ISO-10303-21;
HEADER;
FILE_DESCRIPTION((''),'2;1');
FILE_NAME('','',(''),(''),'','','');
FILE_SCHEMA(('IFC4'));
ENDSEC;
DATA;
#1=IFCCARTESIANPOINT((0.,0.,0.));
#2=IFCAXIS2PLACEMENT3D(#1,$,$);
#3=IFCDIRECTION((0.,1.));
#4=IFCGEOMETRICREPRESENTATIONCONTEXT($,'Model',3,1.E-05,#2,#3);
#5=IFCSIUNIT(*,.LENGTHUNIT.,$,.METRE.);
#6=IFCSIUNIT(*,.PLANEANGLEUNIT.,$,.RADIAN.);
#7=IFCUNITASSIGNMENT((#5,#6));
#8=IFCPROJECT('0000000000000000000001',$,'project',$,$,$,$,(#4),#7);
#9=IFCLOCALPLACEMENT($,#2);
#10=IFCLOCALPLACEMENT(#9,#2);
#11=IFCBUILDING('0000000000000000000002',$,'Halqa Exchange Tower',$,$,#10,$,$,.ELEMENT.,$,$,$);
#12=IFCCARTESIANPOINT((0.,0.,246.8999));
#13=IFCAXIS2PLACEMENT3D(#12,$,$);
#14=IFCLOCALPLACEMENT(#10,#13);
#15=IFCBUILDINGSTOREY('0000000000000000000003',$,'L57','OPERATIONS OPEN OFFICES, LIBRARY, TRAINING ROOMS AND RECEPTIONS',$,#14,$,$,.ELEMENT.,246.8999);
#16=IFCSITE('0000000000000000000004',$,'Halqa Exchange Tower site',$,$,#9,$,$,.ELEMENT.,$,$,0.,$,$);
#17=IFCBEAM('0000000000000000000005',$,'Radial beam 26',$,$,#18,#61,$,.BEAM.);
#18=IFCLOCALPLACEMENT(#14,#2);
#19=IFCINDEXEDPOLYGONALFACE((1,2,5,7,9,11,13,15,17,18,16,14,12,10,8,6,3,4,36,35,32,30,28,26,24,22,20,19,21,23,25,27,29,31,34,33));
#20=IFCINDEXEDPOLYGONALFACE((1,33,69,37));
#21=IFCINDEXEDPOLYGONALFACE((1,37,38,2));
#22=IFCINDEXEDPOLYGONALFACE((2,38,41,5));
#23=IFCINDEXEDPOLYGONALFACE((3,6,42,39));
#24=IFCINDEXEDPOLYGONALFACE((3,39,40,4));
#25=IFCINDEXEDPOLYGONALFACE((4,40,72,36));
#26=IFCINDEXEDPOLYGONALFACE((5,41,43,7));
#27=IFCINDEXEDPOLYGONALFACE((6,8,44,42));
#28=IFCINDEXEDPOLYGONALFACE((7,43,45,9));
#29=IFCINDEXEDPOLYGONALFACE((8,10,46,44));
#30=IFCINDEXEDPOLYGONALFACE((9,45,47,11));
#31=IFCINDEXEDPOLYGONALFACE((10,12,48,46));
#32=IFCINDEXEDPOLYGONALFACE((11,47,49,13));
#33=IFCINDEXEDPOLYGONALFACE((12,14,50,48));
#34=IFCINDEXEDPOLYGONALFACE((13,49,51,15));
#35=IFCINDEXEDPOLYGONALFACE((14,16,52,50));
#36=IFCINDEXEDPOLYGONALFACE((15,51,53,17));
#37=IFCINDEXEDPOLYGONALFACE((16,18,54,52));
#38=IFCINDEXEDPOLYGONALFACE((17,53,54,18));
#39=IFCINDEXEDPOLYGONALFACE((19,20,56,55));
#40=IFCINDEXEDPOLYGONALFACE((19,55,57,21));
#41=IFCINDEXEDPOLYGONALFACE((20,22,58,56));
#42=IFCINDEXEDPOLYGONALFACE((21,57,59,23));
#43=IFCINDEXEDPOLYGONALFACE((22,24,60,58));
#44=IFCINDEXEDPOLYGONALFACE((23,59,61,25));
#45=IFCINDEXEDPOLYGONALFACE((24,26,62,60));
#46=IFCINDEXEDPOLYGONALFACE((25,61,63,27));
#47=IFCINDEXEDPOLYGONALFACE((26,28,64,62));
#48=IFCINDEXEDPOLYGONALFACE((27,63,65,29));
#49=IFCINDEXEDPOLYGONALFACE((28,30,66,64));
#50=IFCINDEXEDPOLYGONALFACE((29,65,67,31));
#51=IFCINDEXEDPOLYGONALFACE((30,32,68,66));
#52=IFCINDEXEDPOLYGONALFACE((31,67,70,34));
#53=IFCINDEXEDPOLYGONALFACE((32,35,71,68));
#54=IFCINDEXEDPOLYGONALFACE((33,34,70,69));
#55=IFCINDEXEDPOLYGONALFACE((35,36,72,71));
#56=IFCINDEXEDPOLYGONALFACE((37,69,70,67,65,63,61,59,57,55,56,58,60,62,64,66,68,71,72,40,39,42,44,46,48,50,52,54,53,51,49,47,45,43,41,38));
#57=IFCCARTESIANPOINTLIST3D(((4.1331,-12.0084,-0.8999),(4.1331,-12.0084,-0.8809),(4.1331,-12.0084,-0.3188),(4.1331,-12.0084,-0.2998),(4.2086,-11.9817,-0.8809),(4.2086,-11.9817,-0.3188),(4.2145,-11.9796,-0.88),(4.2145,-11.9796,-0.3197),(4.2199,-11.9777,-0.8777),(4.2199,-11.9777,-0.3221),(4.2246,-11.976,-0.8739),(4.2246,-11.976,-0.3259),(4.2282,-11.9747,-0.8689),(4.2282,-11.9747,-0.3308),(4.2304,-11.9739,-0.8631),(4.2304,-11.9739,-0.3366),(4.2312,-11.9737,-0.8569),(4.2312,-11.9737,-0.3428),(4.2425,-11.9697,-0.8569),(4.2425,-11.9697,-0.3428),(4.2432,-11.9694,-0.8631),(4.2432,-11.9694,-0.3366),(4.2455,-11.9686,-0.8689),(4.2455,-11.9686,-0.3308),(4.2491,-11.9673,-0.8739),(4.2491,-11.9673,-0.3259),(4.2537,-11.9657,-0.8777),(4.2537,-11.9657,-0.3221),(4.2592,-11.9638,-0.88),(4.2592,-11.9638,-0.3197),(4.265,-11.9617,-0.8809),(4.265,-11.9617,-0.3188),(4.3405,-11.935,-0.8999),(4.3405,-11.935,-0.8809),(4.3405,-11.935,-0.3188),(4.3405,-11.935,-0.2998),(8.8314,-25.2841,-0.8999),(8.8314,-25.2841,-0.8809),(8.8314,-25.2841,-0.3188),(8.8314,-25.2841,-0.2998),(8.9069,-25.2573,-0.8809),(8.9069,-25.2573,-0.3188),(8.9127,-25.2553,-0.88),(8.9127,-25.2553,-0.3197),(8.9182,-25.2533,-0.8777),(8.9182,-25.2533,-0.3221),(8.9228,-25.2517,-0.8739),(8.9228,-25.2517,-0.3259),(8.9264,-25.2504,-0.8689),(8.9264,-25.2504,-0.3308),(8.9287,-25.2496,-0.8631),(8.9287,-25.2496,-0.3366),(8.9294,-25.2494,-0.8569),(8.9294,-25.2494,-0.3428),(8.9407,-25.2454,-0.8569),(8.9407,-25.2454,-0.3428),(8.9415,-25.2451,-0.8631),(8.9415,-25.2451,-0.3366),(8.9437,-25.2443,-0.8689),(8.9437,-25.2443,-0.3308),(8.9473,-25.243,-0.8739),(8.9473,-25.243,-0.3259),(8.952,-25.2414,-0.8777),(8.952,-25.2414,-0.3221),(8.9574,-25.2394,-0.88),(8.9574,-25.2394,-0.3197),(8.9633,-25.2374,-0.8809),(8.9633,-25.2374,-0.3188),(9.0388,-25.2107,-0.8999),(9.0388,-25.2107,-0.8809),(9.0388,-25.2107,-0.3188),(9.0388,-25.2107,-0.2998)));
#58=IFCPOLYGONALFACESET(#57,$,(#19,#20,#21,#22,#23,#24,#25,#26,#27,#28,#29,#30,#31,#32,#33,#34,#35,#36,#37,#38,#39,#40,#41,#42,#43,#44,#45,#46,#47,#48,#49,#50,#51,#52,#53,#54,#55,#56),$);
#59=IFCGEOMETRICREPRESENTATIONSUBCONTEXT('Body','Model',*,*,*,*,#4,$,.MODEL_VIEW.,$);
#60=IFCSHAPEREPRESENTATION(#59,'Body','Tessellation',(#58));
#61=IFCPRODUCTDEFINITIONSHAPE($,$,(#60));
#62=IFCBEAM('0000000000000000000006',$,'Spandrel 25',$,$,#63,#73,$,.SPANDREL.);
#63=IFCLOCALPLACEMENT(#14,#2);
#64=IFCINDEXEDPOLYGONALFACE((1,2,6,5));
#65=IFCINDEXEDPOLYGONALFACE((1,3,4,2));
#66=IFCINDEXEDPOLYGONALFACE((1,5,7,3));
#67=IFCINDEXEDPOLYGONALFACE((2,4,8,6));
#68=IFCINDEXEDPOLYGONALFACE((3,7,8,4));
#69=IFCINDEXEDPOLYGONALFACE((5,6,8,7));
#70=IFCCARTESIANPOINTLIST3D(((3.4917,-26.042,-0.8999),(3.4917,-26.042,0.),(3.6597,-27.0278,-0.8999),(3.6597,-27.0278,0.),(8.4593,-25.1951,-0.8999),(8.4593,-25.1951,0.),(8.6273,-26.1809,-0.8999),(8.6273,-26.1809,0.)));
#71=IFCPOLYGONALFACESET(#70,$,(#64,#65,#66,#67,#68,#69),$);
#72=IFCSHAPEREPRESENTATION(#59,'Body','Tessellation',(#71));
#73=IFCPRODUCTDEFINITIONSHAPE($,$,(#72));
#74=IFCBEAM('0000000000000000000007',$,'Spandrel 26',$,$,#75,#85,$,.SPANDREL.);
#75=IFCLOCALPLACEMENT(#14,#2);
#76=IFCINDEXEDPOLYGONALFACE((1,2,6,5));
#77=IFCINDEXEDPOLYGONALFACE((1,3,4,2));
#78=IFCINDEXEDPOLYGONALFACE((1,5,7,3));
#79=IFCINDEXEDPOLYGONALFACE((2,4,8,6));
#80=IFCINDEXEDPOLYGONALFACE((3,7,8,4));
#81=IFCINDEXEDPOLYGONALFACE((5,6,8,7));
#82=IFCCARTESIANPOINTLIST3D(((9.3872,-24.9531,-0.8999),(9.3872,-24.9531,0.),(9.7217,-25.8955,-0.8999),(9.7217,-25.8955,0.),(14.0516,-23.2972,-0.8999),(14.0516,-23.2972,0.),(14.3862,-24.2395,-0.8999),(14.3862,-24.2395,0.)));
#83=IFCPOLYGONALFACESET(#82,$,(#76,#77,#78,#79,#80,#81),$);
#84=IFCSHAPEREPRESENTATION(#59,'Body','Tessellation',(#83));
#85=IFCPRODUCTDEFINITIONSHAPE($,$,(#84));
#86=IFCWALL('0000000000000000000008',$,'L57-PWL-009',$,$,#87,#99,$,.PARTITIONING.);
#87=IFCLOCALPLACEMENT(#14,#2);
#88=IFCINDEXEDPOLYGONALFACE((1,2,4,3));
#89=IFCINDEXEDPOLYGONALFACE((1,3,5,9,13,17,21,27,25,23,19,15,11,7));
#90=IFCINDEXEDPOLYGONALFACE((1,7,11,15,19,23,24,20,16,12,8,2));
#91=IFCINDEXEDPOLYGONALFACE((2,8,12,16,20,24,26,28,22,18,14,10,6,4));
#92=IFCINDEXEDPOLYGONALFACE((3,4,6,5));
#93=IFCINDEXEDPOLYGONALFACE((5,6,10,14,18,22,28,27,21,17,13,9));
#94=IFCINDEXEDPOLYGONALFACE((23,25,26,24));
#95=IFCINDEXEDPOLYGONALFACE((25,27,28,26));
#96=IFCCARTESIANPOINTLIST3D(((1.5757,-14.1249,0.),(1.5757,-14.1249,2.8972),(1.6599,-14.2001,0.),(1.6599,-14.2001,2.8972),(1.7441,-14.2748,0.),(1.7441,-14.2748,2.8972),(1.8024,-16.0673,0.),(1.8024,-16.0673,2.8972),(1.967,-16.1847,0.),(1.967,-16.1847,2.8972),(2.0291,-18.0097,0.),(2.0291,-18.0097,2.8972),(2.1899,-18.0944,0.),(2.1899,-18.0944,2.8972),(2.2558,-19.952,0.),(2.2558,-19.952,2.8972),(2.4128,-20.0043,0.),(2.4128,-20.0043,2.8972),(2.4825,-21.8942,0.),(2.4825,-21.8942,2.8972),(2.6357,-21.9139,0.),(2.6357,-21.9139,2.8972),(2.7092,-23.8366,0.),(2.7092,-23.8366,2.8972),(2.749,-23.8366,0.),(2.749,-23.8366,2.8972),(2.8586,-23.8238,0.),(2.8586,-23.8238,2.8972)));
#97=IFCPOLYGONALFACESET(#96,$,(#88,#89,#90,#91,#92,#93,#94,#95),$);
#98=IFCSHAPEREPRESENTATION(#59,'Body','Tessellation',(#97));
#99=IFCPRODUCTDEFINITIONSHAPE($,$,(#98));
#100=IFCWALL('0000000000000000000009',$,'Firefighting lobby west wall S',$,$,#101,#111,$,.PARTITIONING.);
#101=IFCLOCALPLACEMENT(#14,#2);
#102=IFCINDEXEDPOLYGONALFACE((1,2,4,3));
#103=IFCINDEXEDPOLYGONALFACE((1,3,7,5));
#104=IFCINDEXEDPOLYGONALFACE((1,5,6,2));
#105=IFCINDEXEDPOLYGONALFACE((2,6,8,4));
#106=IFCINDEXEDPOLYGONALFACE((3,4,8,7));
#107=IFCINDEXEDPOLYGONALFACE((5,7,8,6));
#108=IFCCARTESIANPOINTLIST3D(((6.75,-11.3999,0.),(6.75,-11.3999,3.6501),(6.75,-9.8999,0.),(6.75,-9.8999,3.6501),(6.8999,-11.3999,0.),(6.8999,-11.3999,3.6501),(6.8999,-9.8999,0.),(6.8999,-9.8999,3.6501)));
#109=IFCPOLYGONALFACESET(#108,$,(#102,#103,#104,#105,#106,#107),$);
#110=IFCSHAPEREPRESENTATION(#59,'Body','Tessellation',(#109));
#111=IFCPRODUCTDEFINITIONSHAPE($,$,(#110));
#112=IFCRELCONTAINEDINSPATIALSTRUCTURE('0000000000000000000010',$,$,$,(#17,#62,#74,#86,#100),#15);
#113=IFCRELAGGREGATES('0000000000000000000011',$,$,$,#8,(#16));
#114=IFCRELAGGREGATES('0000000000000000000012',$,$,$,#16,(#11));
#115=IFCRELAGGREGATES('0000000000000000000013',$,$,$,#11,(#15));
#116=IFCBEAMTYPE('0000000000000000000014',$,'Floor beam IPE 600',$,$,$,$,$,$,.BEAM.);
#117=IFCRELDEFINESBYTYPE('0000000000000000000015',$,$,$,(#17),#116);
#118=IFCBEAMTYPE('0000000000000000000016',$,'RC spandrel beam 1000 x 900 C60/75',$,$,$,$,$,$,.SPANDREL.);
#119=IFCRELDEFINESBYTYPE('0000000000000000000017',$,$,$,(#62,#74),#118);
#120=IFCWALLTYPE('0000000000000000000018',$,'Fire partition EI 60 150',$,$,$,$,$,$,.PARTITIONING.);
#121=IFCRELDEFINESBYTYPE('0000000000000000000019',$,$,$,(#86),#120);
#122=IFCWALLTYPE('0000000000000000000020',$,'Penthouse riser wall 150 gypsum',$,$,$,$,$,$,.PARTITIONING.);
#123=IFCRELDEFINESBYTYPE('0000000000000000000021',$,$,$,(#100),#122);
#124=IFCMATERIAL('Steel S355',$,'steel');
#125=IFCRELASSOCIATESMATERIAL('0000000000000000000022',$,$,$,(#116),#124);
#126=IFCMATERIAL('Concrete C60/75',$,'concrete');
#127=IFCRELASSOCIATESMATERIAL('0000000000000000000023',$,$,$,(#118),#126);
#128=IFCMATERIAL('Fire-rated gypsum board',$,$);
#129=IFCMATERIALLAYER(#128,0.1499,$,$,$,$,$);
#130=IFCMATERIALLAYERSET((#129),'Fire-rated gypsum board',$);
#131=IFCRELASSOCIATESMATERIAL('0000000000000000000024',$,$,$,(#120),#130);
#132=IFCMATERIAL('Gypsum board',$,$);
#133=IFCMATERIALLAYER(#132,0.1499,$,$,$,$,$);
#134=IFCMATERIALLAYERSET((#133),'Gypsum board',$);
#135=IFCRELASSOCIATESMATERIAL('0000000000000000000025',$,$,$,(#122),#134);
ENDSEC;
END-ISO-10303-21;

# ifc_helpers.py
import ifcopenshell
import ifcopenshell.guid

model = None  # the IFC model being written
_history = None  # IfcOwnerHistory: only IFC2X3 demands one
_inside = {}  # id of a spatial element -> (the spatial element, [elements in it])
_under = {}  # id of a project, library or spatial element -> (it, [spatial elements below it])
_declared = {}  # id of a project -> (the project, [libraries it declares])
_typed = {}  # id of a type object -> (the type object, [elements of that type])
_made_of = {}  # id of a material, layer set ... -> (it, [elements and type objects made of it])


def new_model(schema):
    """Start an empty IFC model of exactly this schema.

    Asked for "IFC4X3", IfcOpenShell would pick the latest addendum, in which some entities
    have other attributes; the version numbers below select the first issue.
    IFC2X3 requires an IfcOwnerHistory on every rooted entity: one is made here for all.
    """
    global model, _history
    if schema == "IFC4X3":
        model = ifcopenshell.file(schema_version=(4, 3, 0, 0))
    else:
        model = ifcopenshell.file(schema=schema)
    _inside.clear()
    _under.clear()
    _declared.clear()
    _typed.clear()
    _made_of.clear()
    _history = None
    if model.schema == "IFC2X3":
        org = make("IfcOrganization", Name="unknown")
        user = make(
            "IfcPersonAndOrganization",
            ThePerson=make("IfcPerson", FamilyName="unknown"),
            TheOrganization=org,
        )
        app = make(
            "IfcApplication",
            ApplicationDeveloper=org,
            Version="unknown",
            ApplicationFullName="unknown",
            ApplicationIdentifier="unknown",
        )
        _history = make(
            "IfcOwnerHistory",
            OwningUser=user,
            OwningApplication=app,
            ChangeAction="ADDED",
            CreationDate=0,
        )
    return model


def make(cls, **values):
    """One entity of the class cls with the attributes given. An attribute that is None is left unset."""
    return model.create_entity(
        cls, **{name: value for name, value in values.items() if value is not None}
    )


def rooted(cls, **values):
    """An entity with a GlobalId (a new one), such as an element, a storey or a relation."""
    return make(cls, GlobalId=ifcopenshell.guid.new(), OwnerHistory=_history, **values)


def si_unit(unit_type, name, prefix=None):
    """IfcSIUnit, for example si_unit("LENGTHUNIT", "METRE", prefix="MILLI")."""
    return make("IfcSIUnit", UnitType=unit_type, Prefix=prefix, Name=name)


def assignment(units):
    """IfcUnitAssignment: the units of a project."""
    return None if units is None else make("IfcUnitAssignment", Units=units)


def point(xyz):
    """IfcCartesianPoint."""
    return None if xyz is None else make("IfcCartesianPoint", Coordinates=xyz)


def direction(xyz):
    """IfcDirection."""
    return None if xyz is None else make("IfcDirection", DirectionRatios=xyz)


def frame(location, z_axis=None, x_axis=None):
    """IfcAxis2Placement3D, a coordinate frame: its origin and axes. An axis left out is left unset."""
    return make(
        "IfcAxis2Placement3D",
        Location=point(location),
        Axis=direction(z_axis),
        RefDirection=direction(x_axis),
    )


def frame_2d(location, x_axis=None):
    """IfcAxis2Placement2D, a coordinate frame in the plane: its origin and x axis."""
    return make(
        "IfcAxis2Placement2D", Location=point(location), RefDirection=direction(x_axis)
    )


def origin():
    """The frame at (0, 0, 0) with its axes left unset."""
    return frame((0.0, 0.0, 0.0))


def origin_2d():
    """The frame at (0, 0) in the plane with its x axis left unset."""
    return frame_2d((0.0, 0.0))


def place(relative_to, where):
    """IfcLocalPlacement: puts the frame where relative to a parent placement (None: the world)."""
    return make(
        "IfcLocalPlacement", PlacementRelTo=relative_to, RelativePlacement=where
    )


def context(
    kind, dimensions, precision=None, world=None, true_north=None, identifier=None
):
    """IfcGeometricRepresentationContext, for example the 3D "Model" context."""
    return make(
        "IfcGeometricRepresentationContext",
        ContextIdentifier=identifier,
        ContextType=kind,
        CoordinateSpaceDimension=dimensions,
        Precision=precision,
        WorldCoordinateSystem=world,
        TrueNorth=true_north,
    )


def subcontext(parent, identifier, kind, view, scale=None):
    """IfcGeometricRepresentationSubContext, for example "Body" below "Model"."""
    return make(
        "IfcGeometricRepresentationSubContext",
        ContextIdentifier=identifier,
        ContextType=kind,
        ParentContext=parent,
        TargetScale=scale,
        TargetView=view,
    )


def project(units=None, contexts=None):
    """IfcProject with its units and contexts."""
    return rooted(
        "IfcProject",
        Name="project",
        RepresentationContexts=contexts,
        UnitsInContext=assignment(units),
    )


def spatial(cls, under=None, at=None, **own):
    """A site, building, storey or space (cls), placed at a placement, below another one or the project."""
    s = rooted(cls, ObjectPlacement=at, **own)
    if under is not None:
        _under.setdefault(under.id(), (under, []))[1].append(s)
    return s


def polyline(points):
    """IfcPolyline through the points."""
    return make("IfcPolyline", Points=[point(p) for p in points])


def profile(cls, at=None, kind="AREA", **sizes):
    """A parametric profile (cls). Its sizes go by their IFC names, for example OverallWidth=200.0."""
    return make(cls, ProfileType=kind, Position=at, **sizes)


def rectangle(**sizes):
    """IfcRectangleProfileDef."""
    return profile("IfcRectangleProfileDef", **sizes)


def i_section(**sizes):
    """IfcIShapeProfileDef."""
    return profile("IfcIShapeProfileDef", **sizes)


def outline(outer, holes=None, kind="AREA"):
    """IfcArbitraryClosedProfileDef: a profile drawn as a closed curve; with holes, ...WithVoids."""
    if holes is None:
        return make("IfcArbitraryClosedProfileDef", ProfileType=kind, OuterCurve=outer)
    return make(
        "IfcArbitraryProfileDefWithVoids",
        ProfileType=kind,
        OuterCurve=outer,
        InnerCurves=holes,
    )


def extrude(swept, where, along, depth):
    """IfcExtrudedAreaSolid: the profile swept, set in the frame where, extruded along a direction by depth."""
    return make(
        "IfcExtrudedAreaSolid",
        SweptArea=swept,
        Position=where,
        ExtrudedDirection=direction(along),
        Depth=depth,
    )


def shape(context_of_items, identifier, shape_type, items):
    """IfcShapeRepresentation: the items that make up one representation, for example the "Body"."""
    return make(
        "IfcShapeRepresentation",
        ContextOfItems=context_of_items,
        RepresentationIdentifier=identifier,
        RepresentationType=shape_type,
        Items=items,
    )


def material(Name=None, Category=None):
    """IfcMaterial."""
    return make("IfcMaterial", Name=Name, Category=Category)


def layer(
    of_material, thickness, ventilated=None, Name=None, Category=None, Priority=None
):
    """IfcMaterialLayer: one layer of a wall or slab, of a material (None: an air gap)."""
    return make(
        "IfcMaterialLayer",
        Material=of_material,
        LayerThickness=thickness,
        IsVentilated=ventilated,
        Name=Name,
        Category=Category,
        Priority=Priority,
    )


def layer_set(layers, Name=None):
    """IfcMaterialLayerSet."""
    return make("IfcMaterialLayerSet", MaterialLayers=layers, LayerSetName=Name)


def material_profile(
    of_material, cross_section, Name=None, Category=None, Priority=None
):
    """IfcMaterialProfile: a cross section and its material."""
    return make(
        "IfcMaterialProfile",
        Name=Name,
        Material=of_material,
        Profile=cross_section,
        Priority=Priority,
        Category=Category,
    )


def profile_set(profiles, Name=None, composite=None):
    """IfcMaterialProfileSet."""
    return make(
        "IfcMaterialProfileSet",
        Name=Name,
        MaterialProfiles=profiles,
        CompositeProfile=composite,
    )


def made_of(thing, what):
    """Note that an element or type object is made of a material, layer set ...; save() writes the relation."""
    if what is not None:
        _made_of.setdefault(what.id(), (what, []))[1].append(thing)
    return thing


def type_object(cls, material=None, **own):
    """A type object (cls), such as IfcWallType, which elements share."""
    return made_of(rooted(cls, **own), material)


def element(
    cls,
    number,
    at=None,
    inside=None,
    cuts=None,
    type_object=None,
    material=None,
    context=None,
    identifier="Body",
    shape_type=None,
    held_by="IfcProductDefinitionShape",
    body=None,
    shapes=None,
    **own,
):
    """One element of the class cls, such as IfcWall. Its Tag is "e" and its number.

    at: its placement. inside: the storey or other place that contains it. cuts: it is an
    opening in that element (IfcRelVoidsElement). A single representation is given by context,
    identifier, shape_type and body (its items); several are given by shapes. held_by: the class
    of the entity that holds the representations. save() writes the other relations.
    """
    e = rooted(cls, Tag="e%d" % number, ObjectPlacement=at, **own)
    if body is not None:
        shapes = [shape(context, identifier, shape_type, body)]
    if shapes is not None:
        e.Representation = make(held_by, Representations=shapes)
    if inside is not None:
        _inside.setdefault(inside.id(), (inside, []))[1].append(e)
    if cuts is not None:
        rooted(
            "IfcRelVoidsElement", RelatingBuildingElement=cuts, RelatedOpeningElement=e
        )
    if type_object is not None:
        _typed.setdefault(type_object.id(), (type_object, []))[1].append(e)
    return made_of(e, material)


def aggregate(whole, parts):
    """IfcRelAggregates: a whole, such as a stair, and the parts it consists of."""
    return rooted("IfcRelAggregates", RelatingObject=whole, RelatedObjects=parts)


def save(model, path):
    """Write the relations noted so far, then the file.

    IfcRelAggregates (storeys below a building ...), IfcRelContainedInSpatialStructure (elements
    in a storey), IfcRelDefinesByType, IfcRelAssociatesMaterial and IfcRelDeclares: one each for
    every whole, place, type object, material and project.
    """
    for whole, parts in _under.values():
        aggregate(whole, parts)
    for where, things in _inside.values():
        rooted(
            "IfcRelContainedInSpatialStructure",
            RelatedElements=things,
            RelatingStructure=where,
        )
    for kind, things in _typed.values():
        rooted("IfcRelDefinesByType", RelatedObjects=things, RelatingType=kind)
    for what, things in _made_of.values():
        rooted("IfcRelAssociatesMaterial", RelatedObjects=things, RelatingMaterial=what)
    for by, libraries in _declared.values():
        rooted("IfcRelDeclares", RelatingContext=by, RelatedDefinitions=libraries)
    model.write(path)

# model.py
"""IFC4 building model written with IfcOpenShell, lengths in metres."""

from ifc_helpers import new_model, si_unit, direction, frame, frame_2d, origin, origin_2d, place, context, subcontext, project, spatial, polyline, rectangle, i_section, outline, extrude, material, layer, layer_set, material_profile, profile_set, type_object, element, save


model = new_model("IFC4")

# Units and contexts
model_context = context("Model", 3, precision=1e-05, world=origin(), true_north=direction((0.0, 1.0)))
body_context = subcontext(model_context, "Body", "Model", "MODEL_VIEW")
ifc_project = project(units=[si_unit("LENGTHUNIT", "METRE"), si_unit("PLANEANGLEUNIT", "RADIAN")], contexts=[model_context])

# Site, building, storey
site_placement = place(None, origin())
site = spatial("IfcSite", under=ifc_project, at=site_placement, Name="Halqa Exchange Tower site", CompositionType="ELEMENT", RefElevation=0.0)
building_placement = place(site_placement, origin())
building = spatial("IfcBuilding", under=site, at=building_placement, Name="Halqa Exchange Tower", CompositionType="ELEMENT")
storey_placement = place(building_placement, frame((0.0, 0.0, 246.8999)))
storey = spatial("IfcBuildingStorey", under=building, at=storey_placement, Name="L57", Description="OPERATIONS OPEN OFFICES, LIBRARY, TRAINING ROOMS AND RECEPTIONS", CompositionType="ELEMENT", Elevation=246.8999)

# Shared definitions
ifc_material_1 = material(Name="Concrete C60/75", Category="concrete")

# Beams
ifc_material_2 = material(Name="Steel S355", Category="steel")
ifc_material_profile_1 = material_profile(ifc_material_2, i_section(OverallWidth=0.22, OverallDepth=0.6001, WebThickness=0.012, FlangeThickness=0.019, FilletRadius=0.0239, at=origin_2d()), Name="IPE 600")
ifc_profile_set_1 = profile_set([ifc_material_profile_1], Name="Steel S355")
beam_type_1 = type_object("IfcBeamType", Name="Floor beam IPE 600", PredefinedType="BEAM", material=ifc_profile_set_1)
beam_1_placement = place(storey_placement, frame((4.2368, -11.9717, -0.5999), z_axis=(0.333623, -0.942706, 0.0), x_axis=(0.942706, 0.333623, 0.0)))
element("IfcBeam", 1, at=beam_1_placement, inside=storey, type_object=beam_type_1, Name="Radial beam 26", PredefinedType="BEAM", context=body_context, shape_type="SweptSolid", body=[
    extrude(i_section(OverallWidth=0.22, OverallDepth=0.6001, WebThickness=0.012, FlangeThickness=0.019, FilletRadius=0.0239, at=origin_2d()), origin(), (0.0, 0.0, 1.0), 14.0825),
])
ifc_material_profile_2 = material_profile(ifc_material_1, rectangle(XDim=1.0, YDim=0.8999, at=origin_2d()), Name="1000 x 900")
ifc_profile_set_2 = profile_set([ifc_material_profile_2], Name="Concrete C60/75")
beam_type_2 = type_object("IfcBeamType", Name="RC spandrel beam 1000 x 900 C60/75", PredefinedType="SPANDREL", material=ifc_profile_set_2)
beam_2_placement = place(storey_placement, frame((3.5757, -26.5349, -0.45), z_axis=(0.985776, 0.168067, 0.0), x_axis=(-0.168067, 0.985776, 0.0)))
element("IfcBeam", 2, at=beam_2_placement, inside=storey, type_object=beam_type_2, Name="Spandrel 25", PredefinedType="SPANDREL", context=body_context, shape_type="SweptSolid", body=[
    extrude(rectangle(XDim=1.0, YDim=0.8999, at=origin_2d()), origin(), (0.0, 0.0, 1.0), 5.0393),
])
beam_3_placement = place(storey_placement, frame((9.5544, -25.4243, -0.45), z_axis=(0.942374, 0.334561, 0.0), x_axis=(-0.334561, 0.942374, 0.0)))
element("IfcBeam", 3, at=beam_3_placement, inside=storey, type_object=beam_type_2, Name="Spandrel 26", PredefinedType="SPANDREL", context=body_context, shape_type="SweptSolid", body=[
    extrude(rectangle(XDim=1.0, YDim=0.8999, at=origin_2d()), origin(), (0.0, 0.0, 1.0), 4.9497),
])

# Walls
ifc_material_3 = material(Name="Fire-rated gypsum board")
ifc_layer_1 = layer(ifc_material_3, 0.1499)
ifc_layer_set_1 = layer_set([ifc_layer_1], Name="Fire-rated gypsum board")
wall_type_1 = type_object("IfcWallType", Name="Fire partition EI 60 150", PredefinedType="PARTITIONING", material=ifc_layer_set_1)
wall_1_placement = place(storey_placement, frame((1.6501, -14.1162, 0.0), z_axis=(0.0, 0.0, 1.0), x_axis=(0.115927, -0.993258, 0.0)))
element("IfcWall", 4, at=wall_1_placement, inside=storey, type_object=wall_type_1, Name="L57-PWL-009", PredefinedType="PARTITIONING", context=body_context, shape_type="SweptSolid", body=[
    extrude(outline(polyline([(0.0, -0.075), (1.9556, -0.075), (3.9111, -0.075), (5.8667, -0.075), (7.822, -0.075), (9.7776, -0.075), (9.7822, -0.0354), (9.7822, 0.075), (7.8594, 0.075), (5.9368, 0.075), (4.0139, 0.075), (2.0913, 0.075), (0.1685, 0.075), (0.0845, 0.0), (0.0, -0.075)])), origin(), (0.0, 0.0, 1.0), 2.8972),
])
ifc_material_4 = material(Name="Gypsum board")
ifc_layer_2 = layer(ifc_material_4, 0.1499)
ifc_layer_set_2 = layer_set([ifc_layer_2], Name="Gypsum board")
wall_type_2 = type_object("IfcWallType", Name="Penthouse riser wall 150 gypsum", PredefinedType="PARTITIONING", material=ifc_layer_set_2)
wall_2_placement = place(storey_placement, frame((6.825, -11.3999, 0.0), z_axis=(0.0, 0.0, 1.0), x_axis=(0.0, 1.0, 0.0)))
element("IfcWall", 5, at=wall_2_placement, inside=storey, type_object=wall_type_2, Name="Firefighting lobby west wall S", PredefinedType="PARTITIONING", context=body_context, shape_type="SweptSolid", body=[
    extrude(rectangle(XDim=1.5, YDim=0.1499, at=frame_2d((0.75, 0.0))), origin(), (0.0, 0.0, 1.0), 3.6501),
])

save(model, "model.ifc")
